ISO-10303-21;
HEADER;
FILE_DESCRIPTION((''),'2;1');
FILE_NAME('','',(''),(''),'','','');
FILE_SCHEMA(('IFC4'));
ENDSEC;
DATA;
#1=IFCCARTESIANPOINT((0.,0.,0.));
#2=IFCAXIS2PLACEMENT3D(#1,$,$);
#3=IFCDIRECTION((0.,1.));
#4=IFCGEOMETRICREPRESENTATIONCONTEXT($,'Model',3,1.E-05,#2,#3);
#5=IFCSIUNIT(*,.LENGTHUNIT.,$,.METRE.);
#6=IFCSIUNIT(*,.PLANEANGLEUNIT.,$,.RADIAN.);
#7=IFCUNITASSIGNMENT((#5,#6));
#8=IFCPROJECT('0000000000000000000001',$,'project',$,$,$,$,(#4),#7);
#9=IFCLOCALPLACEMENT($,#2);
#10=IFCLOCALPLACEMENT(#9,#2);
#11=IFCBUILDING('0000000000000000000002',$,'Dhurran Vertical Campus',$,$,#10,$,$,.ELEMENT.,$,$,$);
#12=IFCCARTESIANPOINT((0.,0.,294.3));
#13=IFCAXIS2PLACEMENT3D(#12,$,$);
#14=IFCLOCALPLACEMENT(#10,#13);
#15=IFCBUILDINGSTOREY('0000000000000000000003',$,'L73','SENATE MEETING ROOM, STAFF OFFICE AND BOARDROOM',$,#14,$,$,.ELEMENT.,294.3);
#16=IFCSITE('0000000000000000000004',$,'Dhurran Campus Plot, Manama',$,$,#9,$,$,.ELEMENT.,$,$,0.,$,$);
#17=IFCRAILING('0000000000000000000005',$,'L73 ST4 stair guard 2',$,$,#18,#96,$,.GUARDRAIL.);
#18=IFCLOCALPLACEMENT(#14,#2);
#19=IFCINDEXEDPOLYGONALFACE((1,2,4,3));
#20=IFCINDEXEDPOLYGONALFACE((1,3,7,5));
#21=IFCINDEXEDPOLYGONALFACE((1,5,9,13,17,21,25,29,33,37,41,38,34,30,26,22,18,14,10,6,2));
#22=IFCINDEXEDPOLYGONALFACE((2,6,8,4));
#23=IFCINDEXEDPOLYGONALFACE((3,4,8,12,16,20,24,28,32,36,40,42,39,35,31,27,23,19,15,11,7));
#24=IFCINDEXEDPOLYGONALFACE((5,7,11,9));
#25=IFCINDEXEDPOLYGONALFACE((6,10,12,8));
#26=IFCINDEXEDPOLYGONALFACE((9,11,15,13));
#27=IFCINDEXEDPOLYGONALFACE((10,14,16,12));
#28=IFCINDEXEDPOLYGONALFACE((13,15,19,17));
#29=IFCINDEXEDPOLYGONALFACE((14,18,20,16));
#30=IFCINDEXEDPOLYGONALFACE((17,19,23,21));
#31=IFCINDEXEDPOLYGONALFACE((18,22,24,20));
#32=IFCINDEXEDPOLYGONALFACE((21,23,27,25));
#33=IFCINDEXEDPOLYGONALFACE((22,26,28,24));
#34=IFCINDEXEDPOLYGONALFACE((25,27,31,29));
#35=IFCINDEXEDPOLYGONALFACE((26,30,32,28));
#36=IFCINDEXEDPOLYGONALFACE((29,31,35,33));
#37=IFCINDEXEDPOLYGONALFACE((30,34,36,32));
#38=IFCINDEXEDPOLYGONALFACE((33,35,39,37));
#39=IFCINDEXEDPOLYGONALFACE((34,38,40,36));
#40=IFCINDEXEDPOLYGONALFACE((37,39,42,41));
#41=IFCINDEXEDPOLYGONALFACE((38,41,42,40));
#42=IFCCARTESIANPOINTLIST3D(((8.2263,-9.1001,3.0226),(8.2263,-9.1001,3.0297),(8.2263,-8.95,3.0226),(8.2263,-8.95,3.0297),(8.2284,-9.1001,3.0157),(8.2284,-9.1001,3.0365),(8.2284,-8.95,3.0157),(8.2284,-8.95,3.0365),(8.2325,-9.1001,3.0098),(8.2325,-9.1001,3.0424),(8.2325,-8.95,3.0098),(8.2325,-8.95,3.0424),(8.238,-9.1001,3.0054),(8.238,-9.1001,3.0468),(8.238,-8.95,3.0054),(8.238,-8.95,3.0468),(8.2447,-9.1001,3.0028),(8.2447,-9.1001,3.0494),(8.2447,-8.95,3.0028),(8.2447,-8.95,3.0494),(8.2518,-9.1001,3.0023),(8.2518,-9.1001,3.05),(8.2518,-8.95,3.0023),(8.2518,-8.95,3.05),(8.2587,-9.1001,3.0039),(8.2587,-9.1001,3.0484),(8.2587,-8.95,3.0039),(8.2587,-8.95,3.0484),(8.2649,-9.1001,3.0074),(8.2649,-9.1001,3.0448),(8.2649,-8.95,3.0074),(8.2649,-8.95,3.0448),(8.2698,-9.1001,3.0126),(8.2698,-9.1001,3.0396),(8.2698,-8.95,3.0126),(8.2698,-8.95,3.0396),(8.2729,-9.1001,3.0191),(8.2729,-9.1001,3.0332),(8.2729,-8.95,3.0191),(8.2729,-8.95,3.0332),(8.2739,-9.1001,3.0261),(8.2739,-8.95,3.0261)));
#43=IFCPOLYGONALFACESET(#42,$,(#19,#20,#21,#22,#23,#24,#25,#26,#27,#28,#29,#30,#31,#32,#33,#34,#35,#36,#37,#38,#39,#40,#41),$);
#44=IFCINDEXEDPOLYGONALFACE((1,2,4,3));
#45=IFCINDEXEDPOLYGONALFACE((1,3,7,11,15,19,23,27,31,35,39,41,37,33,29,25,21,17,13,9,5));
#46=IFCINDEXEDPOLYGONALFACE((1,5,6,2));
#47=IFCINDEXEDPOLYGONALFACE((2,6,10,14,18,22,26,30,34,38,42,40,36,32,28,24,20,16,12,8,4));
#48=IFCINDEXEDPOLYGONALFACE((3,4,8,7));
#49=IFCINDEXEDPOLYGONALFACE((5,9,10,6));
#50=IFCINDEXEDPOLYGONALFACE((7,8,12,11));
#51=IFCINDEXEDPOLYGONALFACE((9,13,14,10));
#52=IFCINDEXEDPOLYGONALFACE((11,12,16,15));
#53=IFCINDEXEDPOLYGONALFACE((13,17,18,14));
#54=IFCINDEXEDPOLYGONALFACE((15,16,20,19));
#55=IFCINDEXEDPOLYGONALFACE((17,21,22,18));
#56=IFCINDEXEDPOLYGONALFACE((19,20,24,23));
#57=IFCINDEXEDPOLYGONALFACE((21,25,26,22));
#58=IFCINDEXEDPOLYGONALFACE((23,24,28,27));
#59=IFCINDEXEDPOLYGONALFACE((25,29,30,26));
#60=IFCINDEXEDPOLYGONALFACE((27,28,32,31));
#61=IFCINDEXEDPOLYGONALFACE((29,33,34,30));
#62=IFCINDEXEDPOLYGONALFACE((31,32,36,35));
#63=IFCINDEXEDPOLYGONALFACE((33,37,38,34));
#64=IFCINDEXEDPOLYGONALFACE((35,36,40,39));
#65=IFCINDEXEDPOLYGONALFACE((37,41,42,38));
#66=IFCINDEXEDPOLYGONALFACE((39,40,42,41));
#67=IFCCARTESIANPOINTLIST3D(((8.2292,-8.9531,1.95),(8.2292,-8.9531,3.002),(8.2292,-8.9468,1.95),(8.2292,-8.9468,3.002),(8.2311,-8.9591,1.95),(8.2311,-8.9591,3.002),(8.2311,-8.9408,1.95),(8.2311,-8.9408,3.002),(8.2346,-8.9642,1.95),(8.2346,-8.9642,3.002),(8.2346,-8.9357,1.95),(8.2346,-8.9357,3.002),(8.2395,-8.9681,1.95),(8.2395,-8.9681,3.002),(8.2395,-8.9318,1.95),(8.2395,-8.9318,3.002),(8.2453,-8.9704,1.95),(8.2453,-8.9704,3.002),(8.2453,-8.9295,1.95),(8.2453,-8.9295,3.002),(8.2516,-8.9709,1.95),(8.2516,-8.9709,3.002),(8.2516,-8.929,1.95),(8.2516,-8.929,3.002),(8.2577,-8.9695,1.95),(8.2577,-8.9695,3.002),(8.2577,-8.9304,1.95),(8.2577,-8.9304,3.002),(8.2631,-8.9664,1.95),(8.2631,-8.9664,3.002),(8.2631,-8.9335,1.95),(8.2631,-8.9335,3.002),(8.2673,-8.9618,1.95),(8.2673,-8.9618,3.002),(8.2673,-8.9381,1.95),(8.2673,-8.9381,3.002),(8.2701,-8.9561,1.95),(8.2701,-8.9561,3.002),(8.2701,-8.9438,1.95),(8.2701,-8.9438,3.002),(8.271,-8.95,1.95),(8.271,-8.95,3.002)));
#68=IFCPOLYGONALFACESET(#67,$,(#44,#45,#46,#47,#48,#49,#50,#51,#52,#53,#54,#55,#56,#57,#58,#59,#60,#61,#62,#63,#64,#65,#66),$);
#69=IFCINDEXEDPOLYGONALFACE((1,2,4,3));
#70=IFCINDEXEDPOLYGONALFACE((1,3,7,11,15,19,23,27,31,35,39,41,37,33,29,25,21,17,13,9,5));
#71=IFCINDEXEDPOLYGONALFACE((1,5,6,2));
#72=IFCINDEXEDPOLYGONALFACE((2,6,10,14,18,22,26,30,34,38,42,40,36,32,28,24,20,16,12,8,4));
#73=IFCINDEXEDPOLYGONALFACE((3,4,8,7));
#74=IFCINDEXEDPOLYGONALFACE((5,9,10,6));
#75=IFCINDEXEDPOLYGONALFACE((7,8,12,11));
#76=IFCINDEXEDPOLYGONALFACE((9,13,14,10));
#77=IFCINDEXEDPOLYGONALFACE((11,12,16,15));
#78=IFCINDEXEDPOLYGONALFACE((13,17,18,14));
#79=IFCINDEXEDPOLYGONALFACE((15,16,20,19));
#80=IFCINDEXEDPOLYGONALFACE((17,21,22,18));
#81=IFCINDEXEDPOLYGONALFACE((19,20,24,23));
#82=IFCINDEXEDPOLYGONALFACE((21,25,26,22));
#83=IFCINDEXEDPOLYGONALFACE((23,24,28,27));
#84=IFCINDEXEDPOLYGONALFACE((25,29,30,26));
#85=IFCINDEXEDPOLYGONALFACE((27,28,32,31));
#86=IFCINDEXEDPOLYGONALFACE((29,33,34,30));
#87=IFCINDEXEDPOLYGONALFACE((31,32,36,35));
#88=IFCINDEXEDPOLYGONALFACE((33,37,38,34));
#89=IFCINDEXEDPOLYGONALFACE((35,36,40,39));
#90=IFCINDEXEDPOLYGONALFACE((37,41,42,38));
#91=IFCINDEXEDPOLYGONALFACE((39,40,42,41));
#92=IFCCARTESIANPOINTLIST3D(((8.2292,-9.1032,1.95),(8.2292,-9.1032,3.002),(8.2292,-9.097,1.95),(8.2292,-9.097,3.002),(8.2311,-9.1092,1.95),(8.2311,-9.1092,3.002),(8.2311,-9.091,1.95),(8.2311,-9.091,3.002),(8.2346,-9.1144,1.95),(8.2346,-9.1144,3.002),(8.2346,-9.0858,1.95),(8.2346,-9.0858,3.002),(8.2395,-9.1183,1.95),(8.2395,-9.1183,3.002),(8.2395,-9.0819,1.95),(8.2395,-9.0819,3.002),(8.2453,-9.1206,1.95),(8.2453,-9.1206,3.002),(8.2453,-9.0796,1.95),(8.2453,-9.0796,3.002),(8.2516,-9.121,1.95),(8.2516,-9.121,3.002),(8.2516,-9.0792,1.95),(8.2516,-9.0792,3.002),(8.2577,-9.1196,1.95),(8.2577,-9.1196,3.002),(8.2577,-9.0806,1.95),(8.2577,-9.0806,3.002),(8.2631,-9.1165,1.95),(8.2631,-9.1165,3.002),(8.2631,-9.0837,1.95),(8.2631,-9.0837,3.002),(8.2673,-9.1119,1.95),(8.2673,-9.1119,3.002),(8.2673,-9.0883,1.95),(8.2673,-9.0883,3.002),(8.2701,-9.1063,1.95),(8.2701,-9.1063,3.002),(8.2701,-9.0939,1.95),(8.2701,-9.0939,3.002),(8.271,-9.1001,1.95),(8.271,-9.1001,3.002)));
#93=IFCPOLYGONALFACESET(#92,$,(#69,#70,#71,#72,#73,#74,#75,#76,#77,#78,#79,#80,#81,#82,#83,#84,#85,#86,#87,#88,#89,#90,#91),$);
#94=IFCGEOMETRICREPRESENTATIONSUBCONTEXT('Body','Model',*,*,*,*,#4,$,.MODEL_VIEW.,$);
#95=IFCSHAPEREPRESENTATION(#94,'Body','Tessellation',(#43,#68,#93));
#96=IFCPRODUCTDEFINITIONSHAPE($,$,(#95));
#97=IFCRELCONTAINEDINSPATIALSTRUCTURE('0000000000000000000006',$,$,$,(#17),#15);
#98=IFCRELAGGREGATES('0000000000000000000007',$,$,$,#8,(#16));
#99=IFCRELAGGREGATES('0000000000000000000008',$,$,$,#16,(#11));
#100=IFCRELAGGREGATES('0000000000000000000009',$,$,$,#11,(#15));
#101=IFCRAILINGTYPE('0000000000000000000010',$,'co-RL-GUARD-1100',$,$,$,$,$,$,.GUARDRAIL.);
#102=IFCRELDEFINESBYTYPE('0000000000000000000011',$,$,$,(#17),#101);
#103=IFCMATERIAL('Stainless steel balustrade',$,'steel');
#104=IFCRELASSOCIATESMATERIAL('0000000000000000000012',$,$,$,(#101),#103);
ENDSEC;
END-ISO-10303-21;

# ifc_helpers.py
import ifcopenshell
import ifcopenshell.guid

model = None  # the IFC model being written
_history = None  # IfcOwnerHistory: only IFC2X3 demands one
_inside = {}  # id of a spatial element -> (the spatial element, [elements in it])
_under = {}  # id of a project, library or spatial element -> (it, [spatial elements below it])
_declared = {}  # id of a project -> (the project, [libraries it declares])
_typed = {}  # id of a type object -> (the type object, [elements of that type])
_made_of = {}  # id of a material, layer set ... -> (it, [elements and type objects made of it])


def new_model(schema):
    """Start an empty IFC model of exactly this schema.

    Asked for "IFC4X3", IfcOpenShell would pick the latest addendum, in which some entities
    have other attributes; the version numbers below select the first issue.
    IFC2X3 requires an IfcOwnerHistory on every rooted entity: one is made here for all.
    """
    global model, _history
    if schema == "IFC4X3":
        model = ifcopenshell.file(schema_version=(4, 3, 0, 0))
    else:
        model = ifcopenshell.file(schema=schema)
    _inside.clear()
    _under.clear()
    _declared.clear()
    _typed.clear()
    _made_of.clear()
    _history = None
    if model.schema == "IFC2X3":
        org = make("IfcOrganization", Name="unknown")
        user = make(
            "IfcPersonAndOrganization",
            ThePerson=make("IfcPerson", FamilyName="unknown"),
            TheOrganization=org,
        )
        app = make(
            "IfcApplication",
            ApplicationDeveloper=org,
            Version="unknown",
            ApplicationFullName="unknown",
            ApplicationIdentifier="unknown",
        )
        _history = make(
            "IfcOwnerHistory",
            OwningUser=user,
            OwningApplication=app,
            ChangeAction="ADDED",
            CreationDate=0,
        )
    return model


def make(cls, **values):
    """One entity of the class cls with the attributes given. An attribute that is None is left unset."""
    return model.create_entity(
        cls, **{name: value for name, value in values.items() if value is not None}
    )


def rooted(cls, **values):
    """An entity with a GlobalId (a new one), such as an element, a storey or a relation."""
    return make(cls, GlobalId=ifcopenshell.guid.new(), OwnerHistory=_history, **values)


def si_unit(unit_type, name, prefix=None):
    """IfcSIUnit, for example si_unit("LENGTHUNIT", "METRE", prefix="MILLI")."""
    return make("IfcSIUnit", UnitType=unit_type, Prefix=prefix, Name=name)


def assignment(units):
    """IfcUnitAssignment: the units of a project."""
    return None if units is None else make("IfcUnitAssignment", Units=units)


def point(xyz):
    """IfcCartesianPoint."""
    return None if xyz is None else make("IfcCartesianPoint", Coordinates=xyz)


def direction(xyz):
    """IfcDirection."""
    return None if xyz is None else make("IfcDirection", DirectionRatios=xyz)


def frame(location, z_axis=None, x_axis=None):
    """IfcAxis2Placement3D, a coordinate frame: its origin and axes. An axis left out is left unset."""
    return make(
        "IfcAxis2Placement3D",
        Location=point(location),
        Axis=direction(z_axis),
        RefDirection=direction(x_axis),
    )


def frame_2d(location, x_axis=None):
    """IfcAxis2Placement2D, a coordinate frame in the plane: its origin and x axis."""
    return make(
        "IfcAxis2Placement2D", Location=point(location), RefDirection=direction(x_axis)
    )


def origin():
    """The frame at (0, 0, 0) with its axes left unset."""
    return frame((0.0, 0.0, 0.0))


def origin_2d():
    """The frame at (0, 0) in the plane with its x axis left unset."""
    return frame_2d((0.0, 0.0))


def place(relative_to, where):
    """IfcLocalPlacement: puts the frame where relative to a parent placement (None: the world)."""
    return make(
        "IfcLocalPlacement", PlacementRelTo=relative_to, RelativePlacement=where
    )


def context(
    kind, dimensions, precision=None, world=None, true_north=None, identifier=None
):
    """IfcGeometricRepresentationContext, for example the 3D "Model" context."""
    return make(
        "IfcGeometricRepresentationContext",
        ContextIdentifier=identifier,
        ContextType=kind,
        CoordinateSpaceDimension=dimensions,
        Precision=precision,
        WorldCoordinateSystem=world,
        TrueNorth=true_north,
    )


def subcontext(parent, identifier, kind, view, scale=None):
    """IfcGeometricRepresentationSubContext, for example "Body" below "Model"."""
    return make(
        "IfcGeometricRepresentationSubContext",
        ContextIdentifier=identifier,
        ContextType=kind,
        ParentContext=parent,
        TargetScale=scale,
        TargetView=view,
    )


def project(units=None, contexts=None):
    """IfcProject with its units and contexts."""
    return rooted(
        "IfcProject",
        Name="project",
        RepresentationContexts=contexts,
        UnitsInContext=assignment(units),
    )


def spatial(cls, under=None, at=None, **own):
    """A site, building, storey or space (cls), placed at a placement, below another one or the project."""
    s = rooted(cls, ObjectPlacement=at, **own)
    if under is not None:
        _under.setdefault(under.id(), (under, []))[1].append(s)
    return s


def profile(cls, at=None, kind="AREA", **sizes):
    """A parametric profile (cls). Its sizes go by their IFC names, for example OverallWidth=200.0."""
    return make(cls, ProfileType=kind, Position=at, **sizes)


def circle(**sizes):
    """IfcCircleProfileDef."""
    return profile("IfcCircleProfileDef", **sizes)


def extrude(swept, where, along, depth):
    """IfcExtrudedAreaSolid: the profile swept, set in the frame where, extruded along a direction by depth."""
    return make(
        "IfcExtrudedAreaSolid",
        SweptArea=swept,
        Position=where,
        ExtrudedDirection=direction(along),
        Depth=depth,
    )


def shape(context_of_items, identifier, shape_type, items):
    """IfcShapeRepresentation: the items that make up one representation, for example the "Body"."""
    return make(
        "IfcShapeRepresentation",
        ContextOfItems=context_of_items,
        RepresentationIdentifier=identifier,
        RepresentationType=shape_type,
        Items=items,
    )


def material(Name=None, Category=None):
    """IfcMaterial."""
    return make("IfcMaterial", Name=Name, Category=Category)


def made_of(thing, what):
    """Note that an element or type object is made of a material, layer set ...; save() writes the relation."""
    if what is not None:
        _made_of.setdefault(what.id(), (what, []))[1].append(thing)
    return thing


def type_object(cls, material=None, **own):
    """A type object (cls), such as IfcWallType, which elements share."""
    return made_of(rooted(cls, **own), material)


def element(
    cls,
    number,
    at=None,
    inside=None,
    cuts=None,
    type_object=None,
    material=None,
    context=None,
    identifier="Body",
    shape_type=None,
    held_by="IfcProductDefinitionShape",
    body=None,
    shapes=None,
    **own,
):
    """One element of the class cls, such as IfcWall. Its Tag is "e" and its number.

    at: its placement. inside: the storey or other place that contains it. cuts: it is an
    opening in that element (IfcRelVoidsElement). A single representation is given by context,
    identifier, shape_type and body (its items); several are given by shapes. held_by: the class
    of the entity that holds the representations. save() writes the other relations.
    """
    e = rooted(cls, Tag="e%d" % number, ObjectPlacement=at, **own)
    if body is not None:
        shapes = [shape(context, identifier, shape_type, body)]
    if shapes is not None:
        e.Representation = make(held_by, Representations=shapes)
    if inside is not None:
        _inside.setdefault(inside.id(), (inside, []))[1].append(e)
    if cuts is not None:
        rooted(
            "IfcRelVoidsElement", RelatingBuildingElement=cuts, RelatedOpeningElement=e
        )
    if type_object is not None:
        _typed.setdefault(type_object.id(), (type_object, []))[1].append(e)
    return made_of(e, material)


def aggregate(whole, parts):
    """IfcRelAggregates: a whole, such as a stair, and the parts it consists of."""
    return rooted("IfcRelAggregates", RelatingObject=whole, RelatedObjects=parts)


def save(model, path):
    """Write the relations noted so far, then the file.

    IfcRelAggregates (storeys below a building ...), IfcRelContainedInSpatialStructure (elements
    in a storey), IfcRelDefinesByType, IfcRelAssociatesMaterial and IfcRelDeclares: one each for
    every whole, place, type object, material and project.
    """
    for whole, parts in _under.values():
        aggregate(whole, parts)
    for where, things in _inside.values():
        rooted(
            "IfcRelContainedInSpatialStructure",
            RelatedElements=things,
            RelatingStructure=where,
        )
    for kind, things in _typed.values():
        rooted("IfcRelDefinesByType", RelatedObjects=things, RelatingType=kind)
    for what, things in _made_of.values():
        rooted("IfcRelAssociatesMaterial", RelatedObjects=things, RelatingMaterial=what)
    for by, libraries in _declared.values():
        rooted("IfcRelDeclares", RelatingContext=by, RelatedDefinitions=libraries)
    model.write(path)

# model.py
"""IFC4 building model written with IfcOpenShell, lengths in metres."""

from ifc_helpers import new_model, si_unit, direction, frame, origin, origin_2d, place, context, subcontext, project, spatial, circle, extrude, material, type_object, element, save


model = new_model("IFC4")

# Units and contexts
model_context = context("Model", 3, precision=1e-05, world=origin(), true_north=direction((0.0, 1.0)))
body_context = subcontext(model_context, "Body", "Model", "MODEL_VIEW")
ifc_project = project(units=[si_unit("LENGTHUNIT", "METRE"), si_unit("PLANEANGLEUNIT", "RADIAN")], contexts=[model_context])

# Site, building, storey
site_placement = place(None, origin())
site = spatial("IfcSite", under=ifc_project, at=site_placement, Name="Dhurran Campus Plot, Manama", CompositionType="ELEMENT", RefElevation=0.0)
building_placement = place(site_placement, origin())
building = spatial("IfcBuilding", under=site, at=building_placement, Name="Dhurran Vertical Campus", CompositionType="ELEMENT")
storey_placement = place(building_placement, frame((0.0, 0.0, 294.3)))
storey = spatial("IfcBuildingStorey", under=building, at=storey_placement, Name="L73", Description="SENATE MEETING ROOM, STAFF OFFICE AND BOARDROOM", CompositionType="ELEMENT", Elevation=294.3)

# Railing
ifc_material_1 = material(Name="Stainless steel balustrade", Category="steel")
railing_type_1 = type_object("IfcRailingType", Name="co-RL-GUARD-1100", PredefinedType="GUARDRAIL", material=ifc_material_1)
railing_1_placement = place(storey_placement, frame((8.25, -8.95, 1.95)))
element("IfcRailing", 1, at=railing_1_placement, inside=storey, type_object=railing_type_1, Name="L73 ST4 stair guard 2", PredefinedType="GUARDRAIL", context=body_context, shape_type="SweptSolid", body=[
    extrude(circle(Radius=0.0239, at=origin_2d()), frame((0.0, 0.0, 1.0762), z_axis=(0.0, -1.0, 0.0), x_axis=(1.0, 0.0, 0.0)), (0.0, 0.0, 1.0), 0.1501),
    extrude(circle(Radius=0.021, at=origin_2d()), origin(), (0.0, 0.0, 1.0), 1.052),
    extrude(circle(Radius=0.021, at=origin_2d()), frame((0.0, -0.1501, 0.0)), (0.0, 0.0, 1.0), 1.052),
])

save(model, "model.ifc")
